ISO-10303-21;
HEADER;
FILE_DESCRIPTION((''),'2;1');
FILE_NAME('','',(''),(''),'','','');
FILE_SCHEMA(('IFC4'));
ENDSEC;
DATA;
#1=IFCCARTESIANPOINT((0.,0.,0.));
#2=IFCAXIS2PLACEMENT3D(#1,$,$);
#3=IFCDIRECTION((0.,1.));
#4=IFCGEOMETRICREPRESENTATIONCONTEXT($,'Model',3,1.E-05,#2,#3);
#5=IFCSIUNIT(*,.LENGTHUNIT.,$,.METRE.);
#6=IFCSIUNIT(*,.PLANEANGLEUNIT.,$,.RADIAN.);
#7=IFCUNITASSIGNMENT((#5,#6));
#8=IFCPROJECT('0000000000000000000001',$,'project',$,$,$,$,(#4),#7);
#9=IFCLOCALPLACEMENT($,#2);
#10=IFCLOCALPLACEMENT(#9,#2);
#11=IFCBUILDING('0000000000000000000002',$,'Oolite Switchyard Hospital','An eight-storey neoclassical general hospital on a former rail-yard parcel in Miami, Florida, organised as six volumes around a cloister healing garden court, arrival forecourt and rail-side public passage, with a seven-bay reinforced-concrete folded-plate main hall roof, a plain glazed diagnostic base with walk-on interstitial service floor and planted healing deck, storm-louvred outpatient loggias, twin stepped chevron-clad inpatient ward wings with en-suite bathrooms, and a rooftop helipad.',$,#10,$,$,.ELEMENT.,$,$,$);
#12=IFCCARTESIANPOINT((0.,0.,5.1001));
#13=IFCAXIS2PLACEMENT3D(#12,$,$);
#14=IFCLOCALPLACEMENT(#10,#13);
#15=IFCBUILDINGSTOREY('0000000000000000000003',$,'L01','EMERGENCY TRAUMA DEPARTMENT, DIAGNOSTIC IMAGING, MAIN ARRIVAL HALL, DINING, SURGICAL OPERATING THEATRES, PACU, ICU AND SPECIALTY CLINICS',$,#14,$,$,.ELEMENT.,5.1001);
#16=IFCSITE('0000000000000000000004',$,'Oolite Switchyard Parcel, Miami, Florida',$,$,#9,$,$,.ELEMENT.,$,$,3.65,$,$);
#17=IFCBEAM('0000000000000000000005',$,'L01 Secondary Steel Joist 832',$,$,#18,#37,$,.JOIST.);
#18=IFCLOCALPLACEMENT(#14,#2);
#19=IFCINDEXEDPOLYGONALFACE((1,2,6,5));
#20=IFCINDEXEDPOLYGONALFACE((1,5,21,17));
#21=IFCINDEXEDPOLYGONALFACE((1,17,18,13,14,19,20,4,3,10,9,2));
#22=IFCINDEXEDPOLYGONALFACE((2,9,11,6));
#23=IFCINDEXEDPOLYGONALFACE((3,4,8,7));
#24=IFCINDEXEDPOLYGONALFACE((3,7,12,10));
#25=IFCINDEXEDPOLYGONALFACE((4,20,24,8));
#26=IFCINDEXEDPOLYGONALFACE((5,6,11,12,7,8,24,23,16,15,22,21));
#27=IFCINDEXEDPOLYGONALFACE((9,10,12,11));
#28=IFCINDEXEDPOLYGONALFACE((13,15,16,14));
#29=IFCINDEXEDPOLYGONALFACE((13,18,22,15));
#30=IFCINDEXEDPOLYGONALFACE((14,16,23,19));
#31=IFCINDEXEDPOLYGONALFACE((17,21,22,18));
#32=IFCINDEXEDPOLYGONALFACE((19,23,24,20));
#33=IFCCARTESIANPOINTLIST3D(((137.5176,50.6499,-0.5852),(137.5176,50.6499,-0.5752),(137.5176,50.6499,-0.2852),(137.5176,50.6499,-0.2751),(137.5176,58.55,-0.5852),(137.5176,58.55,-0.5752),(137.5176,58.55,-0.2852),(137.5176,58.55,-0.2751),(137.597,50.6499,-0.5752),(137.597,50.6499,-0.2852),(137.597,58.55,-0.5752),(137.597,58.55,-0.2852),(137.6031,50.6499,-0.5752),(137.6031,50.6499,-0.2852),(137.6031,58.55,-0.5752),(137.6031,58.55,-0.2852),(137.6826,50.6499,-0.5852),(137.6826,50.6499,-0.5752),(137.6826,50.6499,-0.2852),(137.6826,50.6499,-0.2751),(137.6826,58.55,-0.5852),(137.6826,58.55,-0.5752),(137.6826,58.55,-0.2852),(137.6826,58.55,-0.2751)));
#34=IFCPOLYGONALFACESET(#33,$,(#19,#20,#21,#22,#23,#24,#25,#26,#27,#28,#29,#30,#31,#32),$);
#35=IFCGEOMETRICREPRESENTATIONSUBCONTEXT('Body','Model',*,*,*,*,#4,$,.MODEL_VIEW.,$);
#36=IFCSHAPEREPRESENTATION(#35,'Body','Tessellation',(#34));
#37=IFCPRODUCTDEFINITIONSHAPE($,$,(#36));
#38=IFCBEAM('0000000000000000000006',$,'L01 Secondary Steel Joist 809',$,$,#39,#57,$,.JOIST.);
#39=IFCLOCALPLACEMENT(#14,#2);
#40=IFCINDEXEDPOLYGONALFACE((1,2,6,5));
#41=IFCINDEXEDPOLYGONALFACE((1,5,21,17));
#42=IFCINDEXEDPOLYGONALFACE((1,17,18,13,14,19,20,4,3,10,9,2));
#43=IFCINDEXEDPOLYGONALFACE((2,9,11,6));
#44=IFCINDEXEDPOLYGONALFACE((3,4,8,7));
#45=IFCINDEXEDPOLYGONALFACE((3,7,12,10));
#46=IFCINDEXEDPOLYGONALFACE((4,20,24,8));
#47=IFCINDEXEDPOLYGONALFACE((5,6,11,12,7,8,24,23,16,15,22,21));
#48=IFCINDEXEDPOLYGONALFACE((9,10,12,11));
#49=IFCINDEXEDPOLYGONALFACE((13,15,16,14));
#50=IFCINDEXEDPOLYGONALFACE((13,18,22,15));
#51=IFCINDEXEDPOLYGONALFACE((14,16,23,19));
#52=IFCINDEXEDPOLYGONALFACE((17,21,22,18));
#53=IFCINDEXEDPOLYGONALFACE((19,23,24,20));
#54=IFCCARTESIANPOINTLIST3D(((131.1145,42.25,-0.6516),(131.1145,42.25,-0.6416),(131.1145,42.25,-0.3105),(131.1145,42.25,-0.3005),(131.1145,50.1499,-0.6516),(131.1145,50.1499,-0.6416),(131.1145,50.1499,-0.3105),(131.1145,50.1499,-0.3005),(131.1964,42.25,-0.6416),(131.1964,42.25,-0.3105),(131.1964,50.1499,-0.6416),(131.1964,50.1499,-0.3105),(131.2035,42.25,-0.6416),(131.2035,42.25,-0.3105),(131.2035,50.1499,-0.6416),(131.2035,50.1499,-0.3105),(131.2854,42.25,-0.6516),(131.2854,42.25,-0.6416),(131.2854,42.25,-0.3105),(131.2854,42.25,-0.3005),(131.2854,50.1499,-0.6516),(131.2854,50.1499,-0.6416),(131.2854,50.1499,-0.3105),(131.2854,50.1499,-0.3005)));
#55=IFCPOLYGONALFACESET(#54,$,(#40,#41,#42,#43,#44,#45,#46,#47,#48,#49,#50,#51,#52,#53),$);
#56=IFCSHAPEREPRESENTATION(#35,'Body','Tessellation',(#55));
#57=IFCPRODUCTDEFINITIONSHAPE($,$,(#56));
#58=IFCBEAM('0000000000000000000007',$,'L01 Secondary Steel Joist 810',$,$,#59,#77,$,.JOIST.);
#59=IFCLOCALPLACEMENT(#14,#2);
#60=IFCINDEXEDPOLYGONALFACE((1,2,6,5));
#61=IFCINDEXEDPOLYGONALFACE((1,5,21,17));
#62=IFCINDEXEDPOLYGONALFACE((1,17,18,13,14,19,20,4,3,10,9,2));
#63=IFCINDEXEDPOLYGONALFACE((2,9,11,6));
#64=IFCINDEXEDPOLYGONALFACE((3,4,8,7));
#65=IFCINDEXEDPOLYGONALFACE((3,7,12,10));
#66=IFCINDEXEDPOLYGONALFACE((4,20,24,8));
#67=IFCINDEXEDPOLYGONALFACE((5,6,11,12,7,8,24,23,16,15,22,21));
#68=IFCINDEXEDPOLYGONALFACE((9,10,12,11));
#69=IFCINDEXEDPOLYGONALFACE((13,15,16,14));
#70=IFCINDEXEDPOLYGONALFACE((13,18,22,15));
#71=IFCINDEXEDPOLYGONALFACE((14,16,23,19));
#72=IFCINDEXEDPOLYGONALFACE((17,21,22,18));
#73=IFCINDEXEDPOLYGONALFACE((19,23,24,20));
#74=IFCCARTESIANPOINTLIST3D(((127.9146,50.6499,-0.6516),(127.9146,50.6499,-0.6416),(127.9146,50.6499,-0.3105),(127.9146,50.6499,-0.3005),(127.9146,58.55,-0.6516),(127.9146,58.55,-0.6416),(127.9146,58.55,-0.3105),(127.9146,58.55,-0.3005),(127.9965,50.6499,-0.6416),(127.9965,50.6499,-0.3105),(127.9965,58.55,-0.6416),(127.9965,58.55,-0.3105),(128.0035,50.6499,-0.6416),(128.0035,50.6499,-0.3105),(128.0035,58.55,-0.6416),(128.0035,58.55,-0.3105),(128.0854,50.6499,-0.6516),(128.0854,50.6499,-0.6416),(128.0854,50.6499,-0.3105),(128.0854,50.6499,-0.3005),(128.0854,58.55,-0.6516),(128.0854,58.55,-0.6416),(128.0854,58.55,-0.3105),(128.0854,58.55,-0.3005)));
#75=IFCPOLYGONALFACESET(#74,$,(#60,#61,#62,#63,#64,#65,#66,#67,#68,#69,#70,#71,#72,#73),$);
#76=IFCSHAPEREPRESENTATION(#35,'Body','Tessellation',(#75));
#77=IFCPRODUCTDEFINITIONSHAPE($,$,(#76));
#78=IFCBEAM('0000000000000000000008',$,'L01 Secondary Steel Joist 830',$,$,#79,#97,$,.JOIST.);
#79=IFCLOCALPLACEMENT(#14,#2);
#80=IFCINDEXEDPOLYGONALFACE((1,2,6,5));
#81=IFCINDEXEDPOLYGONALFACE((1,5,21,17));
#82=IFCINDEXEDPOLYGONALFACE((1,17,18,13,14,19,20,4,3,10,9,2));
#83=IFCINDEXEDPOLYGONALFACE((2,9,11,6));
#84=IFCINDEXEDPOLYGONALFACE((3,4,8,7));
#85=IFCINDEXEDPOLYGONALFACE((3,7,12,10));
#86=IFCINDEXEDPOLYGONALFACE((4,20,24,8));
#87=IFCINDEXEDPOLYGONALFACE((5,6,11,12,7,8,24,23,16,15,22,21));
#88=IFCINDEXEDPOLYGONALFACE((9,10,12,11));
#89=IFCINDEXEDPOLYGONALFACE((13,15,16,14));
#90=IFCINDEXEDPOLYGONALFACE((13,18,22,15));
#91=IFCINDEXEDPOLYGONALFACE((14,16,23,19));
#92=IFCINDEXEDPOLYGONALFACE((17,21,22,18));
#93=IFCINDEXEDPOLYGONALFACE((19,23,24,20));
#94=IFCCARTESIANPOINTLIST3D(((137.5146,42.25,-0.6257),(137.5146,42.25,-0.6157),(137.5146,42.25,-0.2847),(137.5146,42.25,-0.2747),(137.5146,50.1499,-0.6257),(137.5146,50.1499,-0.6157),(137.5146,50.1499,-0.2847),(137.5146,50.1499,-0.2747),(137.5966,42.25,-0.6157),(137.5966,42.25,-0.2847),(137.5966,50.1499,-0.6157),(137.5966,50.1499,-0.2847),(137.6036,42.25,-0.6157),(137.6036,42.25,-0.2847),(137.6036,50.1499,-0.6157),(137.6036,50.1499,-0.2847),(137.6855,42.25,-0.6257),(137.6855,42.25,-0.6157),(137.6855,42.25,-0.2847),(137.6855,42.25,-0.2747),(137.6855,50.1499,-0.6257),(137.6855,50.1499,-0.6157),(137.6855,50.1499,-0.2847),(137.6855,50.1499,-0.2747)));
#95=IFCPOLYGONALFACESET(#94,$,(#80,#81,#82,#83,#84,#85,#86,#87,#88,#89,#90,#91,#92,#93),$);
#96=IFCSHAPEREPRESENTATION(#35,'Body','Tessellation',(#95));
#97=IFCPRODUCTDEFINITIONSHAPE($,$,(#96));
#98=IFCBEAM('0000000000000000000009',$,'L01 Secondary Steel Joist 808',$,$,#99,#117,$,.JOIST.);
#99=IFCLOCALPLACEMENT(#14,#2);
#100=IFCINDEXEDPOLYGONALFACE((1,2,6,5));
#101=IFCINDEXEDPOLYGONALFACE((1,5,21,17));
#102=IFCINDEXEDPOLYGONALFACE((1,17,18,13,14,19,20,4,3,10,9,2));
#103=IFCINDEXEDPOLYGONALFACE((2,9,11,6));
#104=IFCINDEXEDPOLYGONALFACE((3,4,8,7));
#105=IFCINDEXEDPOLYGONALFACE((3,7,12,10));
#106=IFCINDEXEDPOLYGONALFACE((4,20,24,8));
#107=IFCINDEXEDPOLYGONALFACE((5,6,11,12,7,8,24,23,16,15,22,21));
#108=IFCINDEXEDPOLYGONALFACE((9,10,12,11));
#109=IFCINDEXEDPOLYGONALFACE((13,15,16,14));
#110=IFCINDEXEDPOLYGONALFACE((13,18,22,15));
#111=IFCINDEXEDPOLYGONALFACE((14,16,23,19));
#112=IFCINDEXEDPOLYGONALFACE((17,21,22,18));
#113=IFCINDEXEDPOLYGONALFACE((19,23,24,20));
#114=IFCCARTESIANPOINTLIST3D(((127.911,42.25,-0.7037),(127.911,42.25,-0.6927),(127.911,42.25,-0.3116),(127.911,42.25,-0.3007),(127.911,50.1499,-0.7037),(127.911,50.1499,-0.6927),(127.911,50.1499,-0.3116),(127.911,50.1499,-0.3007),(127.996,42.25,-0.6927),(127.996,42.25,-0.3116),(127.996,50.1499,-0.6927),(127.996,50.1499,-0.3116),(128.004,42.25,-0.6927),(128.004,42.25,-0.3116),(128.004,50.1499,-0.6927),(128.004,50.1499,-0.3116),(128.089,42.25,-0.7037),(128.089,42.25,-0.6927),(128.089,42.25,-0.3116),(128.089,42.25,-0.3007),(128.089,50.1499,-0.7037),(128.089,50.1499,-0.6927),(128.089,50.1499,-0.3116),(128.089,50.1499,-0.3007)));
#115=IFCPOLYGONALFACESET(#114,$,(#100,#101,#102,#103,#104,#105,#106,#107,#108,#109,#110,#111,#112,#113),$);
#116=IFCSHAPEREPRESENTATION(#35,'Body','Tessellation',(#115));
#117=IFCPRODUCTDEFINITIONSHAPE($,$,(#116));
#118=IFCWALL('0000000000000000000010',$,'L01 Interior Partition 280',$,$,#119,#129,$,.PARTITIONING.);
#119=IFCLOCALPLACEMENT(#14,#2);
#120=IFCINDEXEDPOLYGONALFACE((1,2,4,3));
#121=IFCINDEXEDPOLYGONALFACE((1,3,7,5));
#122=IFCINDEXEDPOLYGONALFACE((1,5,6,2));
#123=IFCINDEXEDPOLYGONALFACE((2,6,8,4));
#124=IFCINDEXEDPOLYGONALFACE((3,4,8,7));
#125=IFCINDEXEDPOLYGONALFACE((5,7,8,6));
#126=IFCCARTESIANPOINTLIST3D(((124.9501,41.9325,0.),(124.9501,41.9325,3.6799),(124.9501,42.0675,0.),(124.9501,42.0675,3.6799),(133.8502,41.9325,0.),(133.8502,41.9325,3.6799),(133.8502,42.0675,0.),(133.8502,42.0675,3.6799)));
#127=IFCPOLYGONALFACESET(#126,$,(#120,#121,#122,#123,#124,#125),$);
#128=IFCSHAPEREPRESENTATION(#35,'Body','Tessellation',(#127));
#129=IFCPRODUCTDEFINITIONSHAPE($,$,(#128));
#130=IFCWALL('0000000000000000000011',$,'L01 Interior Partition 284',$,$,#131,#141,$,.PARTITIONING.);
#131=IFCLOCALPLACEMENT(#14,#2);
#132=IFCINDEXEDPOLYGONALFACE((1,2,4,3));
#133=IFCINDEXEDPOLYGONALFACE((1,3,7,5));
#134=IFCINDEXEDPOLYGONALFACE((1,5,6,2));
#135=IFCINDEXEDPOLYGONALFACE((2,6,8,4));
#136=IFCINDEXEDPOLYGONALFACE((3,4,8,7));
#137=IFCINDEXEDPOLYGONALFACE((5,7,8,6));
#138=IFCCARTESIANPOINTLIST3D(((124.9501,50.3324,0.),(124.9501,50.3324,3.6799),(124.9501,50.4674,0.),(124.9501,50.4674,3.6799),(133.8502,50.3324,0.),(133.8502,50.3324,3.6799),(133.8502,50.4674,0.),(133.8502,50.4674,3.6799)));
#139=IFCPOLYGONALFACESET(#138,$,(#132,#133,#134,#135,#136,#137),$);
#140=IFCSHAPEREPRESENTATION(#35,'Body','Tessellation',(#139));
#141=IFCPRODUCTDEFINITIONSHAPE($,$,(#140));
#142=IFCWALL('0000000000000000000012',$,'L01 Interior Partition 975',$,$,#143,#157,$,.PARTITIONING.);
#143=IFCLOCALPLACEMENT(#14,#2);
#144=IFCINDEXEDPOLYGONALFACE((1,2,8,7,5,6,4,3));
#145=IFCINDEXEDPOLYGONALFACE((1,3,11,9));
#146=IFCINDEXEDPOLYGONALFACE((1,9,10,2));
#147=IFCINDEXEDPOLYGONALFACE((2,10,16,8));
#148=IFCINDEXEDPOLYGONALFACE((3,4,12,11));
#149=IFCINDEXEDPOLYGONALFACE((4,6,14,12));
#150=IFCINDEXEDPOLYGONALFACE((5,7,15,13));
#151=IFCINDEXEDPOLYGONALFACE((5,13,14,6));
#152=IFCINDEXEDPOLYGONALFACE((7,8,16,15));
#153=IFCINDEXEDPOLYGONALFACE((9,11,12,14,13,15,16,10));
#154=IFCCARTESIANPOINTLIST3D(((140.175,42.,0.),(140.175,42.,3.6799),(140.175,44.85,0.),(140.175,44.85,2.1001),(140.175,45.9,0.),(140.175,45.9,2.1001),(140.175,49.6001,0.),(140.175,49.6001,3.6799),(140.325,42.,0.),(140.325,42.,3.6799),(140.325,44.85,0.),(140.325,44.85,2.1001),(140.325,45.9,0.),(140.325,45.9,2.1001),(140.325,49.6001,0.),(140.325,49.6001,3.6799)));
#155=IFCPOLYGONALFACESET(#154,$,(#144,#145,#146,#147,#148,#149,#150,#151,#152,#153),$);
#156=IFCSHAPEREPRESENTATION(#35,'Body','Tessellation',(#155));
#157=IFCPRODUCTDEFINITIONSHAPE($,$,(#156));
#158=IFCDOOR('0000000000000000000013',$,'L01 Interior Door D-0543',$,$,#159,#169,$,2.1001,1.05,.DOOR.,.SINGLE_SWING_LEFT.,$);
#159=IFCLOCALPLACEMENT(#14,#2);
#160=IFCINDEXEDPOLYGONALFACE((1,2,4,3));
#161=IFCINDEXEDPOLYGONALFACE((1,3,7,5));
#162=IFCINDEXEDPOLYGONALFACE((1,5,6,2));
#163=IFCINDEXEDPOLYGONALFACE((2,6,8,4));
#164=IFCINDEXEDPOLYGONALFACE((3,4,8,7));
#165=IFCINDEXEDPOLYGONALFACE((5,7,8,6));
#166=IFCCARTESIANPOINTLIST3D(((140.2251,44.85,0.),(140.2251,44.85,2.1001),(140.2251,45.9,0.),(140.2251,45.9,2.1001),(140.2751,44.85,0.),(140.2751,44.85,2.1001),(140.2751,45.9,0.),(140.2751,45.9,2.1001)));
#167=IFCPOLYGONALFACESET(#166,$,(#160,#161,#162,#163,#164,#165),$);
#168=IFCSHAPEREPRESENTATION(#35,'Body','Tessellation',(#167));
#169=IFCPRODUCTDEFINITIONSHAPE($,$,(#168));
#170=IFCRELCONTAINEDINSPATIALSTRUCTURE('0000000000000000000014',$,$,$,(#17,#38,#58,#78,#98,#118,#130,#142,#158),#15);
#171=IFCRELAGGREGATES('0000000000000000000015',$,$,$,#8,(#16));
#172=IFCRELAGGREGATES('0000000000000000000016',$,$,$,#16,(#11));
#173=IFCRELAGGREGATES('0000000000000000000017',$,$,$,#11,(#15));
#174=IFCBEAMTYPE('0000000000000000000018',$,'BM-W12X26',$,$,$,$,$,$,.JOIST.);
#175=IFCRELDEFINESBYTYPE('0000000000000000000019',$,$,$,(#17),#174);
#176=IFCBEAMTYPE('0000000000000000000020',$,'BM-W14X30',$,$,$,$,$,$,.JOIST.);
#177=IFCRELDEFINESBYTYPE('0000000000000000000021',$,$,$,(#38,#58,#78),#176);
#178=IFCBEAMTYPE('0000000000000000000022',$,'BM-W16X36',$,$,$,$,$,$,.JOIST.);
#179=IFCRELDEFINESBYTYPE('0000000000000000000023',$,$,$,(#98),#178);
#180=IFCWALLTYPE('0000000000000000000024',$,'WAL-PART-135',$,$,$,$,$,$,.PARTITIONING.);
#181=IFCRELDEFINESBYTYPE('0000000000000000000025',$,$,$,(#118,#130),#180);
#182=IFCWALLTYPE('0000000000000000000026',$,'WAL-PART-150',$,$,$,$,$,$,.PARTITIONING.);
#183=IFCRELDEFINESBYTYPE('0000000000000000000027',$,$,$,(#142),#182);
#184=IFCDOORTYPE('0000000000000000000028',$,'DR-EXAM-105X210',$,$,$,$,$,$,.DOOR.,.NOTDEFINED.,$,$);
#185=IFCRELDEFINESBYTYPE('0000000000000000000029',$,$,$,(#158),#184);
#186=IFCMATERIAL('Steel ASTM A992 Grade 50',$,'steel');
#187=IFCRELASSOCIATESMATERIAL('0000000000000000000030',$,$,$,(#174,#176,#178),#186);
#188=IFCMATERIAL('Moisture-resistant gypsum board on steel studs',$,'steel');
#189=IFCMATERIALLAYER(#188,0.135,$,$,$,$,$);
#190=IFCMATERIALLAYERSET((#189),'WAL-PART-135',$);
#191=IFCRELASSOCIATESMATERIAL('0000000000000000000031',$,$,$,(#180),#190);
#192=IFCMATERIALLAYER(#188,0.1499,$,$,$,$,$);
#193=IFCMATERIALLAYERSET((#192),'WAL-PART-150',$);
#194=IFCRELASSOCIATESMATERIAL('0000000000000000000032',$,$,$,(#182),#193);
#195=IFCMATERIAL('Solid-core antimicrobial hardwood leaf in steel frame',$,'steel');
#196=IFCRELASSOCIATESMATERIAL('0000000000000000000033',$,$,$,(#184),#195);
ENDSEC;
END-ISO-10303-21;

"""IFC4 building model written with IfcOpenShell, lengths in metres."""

from ifc_helpers import new_model, si_unit, direction, frame, frame_2d, origin, origin_2d, place, context, subcontext, project, spatial, rectangle, i_section, extrude, material, layer, layer_set, material_profile, profile_set, type_object, element, fill, save


model = new_model("IFC4")

# Units and contexts
model_context = context("Model", 3, precision=1e-05, world=origin(), true_north=direction((0.0, 1.0)))
body_context = subcontext(model_context, "Body", "Model", "MODEL_VIEW")
ifc_project = project(units=[si_unit("LENGTHUNIT", "METRE"), si_unit("PLANEANGLEUNIT", "RADIAN")], contexts=[model_context])

# Site, building, storey
site_placement = place(None, origin())
site = spatial("IfcSite", under=ifc_project, at=site_placement, Name="Oolite Switchyard Parcel, Miami, Florida", CompositionType="ELEMENT", RefElevation=3.65)
building_placement = place(site_placement, origin())
building = spatial("IfcBuilding", under=site, at=building_placement, Name="Oolite Switchyard Hospital", Description="An eight-storey neoclassical general hospital on a former rail-yard parcel in Miami, Florida, organised as six volumes around a cloister healing garden court, arrival forecourt and rail-side public passage, with a seven-bay reinforced-concrete folded-plate main hall roof, a plain glazed diagnostic base with walk-on interstitial service floor and planted healing deck, storm-louvred outpatient loggias, twin stepped chevron-clad inpatient ward wings with en-suite bathrooms, and a rooftop helipad.", CompositionType="ELEMENT")
storey_placement = place(building_placement, frame((0.0, 0.0, 5.1001)))
storey = spatial("IfcBuildingStorey", under=building, at=storey_placement, Name="L01", Description="EMERGENCY TRAUMA DEPARTMENT, DIAGNOSTIC IMAGING, MAIN ARRIVAL HALL, DINING, SURGICAL OPERATING THEATRES, PACU, ICU AND SPECIALTY CLINICS", CompositionType="ELEMENT", Elevation=5.1001)

# Beams
ifc_material_1 = material(Name="Steel ASTM A992 Grade 50", Category="steel")
ifc_material_profile_1 = material_profile(ifc_material_1, i_section(OverallWidth=0.165, OverallDepth=0.3101, WebThickness=0.0061, FlangeThickness=0.01, at=origin_2d()), Name="W12X26")
ifc_profile_set_1 = profile_set([ifc_material_profile_1], Name="Steel ASTM A992 Grade 50")
beam_type_1 = type_object("IfcBeamType", Name="BM-W12X26", PredefinedType="JOIST", material=ifc_profile_set_1)
beam_1_placement = place(storey_placement, frame((137.6001, 50.6499, -0.4302), z_axis=(0.0, 1.0, 0.0), x_axis=(-1.0, 0.0, 0.0)))
element("IfcBeam", 1, at=beam_1_placement, inside=storey, type_object=beam_type_1, Name="L01 Secondary Steel Joist 832", PredefinedType="JOIST", context=body_context, shape_type="SweptSolid", body=[
    extrude(i_section(OverallWidth=0.165, OverallDepth=0.3101, WebThickness=0.0061, FlangeThickness=0.01, at=origin_2d()), origin(), (0.0, 0.0, 1.0), 7.9001),
])
ifc_material_profile_2 = material_profile(ifc_material_1, i_section(OverallWidth=0.1709, OverallDepth=0.3511, WebThickness=0.0071, FlangeThickness=0.01, at=origin_2d()), Name="W14X30")
ifc_profile_set_2 = profile_set([ifc_material_profile_2], Name="Steel ASTM A992 Grade 50")
beam_type_2 = type_object("IfcBeamType", Name="BM-W14X30", PredefinedType="JOIST", material=ifc_profile_set_2)
beam_2_placement = place(storey_placement, frame((131.2, 42.25, -0.4761), z_axis=(0.0, 1.0, 0.0), x_axis=(-1.0, 0.0, 0.0)))
element("IfcBeam", 2, at=beam_2_placement, inside=storey, type_object=beam_type_2, Name="L01 Secondary Steel Joist 809", PredefinedType="JOIST", context=body_context, shape_type="SweptSolid", body=[
    extrude(i_section(OverallWidth=0.1709, OverallDepth=0.3511, WebThickness=0.0071, FlangeThickness=0.01, at=origin_2d()), origin(), (0.0, 0.0, 1.0), 7.8999),
])
beam_3_placement = place(storey_placement, frame((128.0, 50.6499, -0.4761), z_axis=(0.0, 1.0, 0.0), x_axis=(-1.0, 0.0, 0.0)))
element("IfcBeam", 3, at=beam_3_placement, inside=storey, type_object=beam_type_2, Name="L01 Secondary Steel Joist 810", PredefinedType="JOIST", context=body_context, shape_type="SweptSolid", body=[
    extrude(i_section(OverallWidth=0.1709, OverallDepth=0.3511, WebThickness=0.0071, FlangeThickness=0.01, at=origin_2d()), origin(), (0.0, 0.0, 1.0), 7.9001),
])
beam_4_placement = place(storey_placement, frame((137.6001, 42.25, -0.4502), z_axis=(0.0, 1.0, 0.0), x_axis=(-1.0, 0.0, 0.0)))
element("IfcBeam", 4, at=beam_4_placement, inside=storey, type_object=beam_type_2, Name="L01 Secondary Steel Joist 830", PredefinedType="JOIST", context=body_context, shape_type="SweptSolid", body=[
    extrude(i_section(OverallWidth=0.1709, OverallDepth=0.3511, WebThickness=0.0071, FlangeThickness=0.01, at=origin_2d()), origin(), (0.0, 0.0, 1.0), 7.8999),
])
ifc_material_profile_3 = material_profile(ifc_material_1, i_section(OverallWidth=0.178, OverallDepth=0.4031, WebThickness=0.0081, FlangeThickness=0.011, at=origin_2d()), Name="W16X36")
ifc_profile_set_3 = profile_set([ifc_material_profile_3], Name="Steel ASTM A992 Grade 50")
beam_type_3 = type_object("IfcBeamType", Name="BM-W16X36", PredefinedType="JOIST", material=ifc_profile_set_3)
beam_5_placement = place(storey_placement, frame((128.0, 42.25, -0.5022), z_axis=(0.0, 1.0, 0.0), x_axis=(-1.0, 0.0, 0.0)))
element("IfcBeam", 5, at=beam_5_placement, inside=storey, type_object=beam_type_3, Name="L01 Secondary Steel Joist 808", PredefinedType="JOIST", context=body_context, shape_type="SweptSolid", body=[
    extrude(i_section(OverallWidth=0.178, OverallDepth=0.4031, WebThickness=0.0081, FlangeThickness=0.011, at=origin_2d()), origin(), (0.0, 0.0, 1.0), 7.8999),
])

# Walls
ifc_material_2 = material(Name="Moisture-resistant gypsum board on steel studs", Category="steel")
ifc_layer_1 = layer(ifc_material_2, 0.135)
ifc_layer_set_1 = layer_set([ifc_layer_1], Name="WAL-PART-135")
wall_type_1 = type_object("IfcWallType", Name="WAL-PART-135", PredefinedType="PARTITIONING", material=ifc_layer_set_1)
for number, where, z_axis, x_axis, name in (
    (6, (124.95, 42.0, 0.0), (0.0, 0.0, 1.0), (1.0, 0.0, 0.0), "L01 Interior Partition 280"),
    (7, (124.95, 50.3999, 0.0), (0.0, 0.0, 1.0), (1.0, 0.0, 0.0), "L01 Interior Partition 284"),
):
    element("IfcWall", number, at=place(storey_placement, frame(where, z_axis=z_axis, x_axis=x_axis)), inside=storey, type_object=wall_type_1, Name=name, PredefinedType="PARTITIONING", context=body_context, shape_type="SweptSolid", body=[
        extrude(rectangle(XDim=8.9001, YDim=0.135, at=frame_2d((4.4502, 0.0))), origin(), (0.0, 0.0, 1.0), 3.6799),
    ])

# Wall, opening, door
ifc_layer_2 = layer(ifc_material_2, 0.1499)
ifc_layer_set_2 = layer_set([ifc_layer_2], Name="WAL-PART-150")
wall_type_2 = type_object("IfcWallType", Name="WAL-PART-150", PredefinedType="PARTITIONING", material=ifc_layer_set_2)
wall_1_placement = place(storey_placement, frame((140.25, 42.0, 0.0), z_axis=(0.0, 0.0, 1.0), x_axis=(0.0, 1.0, 0.0)))
wall_1 = element("IfcWall", 8, at=wall_1_placement, inside=storey, type_object=wall_type_2, Name="L01 Interior Partition 975", PredefinedType="PARTITIONING", context=body_context, shape_type="SweptSolid", body=[
    extrude(rectangle(XDim=7.6001, YDim=0.1499, at=frame_2d((3.8, 0.0))), origin(), (0.0, 0.0, 1.0), 3.6799),
])
opening_1_placement = place(wall_1_placement, frame((2.8501, 0.0, 0.0)))
opening_1 = element("IfcOpeningElement", 9, at=opening_1_placement, cuts=wall_1, PredefinedType="OPENING", context=body_context, shape_type="SweptSolid", body=[
    extrude(rectangle(XDim=1.05, YDim=2.1001, at=frame_2d((0.5249, 1.05))), frame((0.0, 0.085, 0.0), z_axis=(0.0, -1.0, 0.0), x_axis=(1.0, 0.0, 0.0)), (0.0, 0.0, 1.0), 0.1699),
])
ifc_material_3 = material(Name="Solid-core antimicrobial hardwood leaf in steel frame", Category="steel")
door_type_1 = type_object("IfcDoorType", Name="DR-EXAM-105X210", OperationType="NOTDEFINED", PredefinedType="DOOR", material=ifc_material_3)
door_1_placement = place(opening_1_placement, origin())
door_1 = element("IfcDoor", 10, at=door_1_placement, inside=storey, type_object=door_type_1, Name="L01 Interior Door D-0543", OperationType="SINGLE_SWING_LEFT", OverallHeight=2.1001, OverallWidth=1.05, PredefinedType="DOOR", context=body_context, shape_type="SweptSolid", body=[
    extrude(rectangle(XDim=1.05, YDim=2.1001, at=frame_2d((0.5249, 1.05))), frame((0.0, 0.0249, 0.0), z_axis=(0.0, -1.0, 0.0), x_axis=(1.0, 0.0, 0.0)), (0.0, 0.0, 1.0), 0.05),
])
fill(opening_1, door_1)

save(model, "model.ifc")
